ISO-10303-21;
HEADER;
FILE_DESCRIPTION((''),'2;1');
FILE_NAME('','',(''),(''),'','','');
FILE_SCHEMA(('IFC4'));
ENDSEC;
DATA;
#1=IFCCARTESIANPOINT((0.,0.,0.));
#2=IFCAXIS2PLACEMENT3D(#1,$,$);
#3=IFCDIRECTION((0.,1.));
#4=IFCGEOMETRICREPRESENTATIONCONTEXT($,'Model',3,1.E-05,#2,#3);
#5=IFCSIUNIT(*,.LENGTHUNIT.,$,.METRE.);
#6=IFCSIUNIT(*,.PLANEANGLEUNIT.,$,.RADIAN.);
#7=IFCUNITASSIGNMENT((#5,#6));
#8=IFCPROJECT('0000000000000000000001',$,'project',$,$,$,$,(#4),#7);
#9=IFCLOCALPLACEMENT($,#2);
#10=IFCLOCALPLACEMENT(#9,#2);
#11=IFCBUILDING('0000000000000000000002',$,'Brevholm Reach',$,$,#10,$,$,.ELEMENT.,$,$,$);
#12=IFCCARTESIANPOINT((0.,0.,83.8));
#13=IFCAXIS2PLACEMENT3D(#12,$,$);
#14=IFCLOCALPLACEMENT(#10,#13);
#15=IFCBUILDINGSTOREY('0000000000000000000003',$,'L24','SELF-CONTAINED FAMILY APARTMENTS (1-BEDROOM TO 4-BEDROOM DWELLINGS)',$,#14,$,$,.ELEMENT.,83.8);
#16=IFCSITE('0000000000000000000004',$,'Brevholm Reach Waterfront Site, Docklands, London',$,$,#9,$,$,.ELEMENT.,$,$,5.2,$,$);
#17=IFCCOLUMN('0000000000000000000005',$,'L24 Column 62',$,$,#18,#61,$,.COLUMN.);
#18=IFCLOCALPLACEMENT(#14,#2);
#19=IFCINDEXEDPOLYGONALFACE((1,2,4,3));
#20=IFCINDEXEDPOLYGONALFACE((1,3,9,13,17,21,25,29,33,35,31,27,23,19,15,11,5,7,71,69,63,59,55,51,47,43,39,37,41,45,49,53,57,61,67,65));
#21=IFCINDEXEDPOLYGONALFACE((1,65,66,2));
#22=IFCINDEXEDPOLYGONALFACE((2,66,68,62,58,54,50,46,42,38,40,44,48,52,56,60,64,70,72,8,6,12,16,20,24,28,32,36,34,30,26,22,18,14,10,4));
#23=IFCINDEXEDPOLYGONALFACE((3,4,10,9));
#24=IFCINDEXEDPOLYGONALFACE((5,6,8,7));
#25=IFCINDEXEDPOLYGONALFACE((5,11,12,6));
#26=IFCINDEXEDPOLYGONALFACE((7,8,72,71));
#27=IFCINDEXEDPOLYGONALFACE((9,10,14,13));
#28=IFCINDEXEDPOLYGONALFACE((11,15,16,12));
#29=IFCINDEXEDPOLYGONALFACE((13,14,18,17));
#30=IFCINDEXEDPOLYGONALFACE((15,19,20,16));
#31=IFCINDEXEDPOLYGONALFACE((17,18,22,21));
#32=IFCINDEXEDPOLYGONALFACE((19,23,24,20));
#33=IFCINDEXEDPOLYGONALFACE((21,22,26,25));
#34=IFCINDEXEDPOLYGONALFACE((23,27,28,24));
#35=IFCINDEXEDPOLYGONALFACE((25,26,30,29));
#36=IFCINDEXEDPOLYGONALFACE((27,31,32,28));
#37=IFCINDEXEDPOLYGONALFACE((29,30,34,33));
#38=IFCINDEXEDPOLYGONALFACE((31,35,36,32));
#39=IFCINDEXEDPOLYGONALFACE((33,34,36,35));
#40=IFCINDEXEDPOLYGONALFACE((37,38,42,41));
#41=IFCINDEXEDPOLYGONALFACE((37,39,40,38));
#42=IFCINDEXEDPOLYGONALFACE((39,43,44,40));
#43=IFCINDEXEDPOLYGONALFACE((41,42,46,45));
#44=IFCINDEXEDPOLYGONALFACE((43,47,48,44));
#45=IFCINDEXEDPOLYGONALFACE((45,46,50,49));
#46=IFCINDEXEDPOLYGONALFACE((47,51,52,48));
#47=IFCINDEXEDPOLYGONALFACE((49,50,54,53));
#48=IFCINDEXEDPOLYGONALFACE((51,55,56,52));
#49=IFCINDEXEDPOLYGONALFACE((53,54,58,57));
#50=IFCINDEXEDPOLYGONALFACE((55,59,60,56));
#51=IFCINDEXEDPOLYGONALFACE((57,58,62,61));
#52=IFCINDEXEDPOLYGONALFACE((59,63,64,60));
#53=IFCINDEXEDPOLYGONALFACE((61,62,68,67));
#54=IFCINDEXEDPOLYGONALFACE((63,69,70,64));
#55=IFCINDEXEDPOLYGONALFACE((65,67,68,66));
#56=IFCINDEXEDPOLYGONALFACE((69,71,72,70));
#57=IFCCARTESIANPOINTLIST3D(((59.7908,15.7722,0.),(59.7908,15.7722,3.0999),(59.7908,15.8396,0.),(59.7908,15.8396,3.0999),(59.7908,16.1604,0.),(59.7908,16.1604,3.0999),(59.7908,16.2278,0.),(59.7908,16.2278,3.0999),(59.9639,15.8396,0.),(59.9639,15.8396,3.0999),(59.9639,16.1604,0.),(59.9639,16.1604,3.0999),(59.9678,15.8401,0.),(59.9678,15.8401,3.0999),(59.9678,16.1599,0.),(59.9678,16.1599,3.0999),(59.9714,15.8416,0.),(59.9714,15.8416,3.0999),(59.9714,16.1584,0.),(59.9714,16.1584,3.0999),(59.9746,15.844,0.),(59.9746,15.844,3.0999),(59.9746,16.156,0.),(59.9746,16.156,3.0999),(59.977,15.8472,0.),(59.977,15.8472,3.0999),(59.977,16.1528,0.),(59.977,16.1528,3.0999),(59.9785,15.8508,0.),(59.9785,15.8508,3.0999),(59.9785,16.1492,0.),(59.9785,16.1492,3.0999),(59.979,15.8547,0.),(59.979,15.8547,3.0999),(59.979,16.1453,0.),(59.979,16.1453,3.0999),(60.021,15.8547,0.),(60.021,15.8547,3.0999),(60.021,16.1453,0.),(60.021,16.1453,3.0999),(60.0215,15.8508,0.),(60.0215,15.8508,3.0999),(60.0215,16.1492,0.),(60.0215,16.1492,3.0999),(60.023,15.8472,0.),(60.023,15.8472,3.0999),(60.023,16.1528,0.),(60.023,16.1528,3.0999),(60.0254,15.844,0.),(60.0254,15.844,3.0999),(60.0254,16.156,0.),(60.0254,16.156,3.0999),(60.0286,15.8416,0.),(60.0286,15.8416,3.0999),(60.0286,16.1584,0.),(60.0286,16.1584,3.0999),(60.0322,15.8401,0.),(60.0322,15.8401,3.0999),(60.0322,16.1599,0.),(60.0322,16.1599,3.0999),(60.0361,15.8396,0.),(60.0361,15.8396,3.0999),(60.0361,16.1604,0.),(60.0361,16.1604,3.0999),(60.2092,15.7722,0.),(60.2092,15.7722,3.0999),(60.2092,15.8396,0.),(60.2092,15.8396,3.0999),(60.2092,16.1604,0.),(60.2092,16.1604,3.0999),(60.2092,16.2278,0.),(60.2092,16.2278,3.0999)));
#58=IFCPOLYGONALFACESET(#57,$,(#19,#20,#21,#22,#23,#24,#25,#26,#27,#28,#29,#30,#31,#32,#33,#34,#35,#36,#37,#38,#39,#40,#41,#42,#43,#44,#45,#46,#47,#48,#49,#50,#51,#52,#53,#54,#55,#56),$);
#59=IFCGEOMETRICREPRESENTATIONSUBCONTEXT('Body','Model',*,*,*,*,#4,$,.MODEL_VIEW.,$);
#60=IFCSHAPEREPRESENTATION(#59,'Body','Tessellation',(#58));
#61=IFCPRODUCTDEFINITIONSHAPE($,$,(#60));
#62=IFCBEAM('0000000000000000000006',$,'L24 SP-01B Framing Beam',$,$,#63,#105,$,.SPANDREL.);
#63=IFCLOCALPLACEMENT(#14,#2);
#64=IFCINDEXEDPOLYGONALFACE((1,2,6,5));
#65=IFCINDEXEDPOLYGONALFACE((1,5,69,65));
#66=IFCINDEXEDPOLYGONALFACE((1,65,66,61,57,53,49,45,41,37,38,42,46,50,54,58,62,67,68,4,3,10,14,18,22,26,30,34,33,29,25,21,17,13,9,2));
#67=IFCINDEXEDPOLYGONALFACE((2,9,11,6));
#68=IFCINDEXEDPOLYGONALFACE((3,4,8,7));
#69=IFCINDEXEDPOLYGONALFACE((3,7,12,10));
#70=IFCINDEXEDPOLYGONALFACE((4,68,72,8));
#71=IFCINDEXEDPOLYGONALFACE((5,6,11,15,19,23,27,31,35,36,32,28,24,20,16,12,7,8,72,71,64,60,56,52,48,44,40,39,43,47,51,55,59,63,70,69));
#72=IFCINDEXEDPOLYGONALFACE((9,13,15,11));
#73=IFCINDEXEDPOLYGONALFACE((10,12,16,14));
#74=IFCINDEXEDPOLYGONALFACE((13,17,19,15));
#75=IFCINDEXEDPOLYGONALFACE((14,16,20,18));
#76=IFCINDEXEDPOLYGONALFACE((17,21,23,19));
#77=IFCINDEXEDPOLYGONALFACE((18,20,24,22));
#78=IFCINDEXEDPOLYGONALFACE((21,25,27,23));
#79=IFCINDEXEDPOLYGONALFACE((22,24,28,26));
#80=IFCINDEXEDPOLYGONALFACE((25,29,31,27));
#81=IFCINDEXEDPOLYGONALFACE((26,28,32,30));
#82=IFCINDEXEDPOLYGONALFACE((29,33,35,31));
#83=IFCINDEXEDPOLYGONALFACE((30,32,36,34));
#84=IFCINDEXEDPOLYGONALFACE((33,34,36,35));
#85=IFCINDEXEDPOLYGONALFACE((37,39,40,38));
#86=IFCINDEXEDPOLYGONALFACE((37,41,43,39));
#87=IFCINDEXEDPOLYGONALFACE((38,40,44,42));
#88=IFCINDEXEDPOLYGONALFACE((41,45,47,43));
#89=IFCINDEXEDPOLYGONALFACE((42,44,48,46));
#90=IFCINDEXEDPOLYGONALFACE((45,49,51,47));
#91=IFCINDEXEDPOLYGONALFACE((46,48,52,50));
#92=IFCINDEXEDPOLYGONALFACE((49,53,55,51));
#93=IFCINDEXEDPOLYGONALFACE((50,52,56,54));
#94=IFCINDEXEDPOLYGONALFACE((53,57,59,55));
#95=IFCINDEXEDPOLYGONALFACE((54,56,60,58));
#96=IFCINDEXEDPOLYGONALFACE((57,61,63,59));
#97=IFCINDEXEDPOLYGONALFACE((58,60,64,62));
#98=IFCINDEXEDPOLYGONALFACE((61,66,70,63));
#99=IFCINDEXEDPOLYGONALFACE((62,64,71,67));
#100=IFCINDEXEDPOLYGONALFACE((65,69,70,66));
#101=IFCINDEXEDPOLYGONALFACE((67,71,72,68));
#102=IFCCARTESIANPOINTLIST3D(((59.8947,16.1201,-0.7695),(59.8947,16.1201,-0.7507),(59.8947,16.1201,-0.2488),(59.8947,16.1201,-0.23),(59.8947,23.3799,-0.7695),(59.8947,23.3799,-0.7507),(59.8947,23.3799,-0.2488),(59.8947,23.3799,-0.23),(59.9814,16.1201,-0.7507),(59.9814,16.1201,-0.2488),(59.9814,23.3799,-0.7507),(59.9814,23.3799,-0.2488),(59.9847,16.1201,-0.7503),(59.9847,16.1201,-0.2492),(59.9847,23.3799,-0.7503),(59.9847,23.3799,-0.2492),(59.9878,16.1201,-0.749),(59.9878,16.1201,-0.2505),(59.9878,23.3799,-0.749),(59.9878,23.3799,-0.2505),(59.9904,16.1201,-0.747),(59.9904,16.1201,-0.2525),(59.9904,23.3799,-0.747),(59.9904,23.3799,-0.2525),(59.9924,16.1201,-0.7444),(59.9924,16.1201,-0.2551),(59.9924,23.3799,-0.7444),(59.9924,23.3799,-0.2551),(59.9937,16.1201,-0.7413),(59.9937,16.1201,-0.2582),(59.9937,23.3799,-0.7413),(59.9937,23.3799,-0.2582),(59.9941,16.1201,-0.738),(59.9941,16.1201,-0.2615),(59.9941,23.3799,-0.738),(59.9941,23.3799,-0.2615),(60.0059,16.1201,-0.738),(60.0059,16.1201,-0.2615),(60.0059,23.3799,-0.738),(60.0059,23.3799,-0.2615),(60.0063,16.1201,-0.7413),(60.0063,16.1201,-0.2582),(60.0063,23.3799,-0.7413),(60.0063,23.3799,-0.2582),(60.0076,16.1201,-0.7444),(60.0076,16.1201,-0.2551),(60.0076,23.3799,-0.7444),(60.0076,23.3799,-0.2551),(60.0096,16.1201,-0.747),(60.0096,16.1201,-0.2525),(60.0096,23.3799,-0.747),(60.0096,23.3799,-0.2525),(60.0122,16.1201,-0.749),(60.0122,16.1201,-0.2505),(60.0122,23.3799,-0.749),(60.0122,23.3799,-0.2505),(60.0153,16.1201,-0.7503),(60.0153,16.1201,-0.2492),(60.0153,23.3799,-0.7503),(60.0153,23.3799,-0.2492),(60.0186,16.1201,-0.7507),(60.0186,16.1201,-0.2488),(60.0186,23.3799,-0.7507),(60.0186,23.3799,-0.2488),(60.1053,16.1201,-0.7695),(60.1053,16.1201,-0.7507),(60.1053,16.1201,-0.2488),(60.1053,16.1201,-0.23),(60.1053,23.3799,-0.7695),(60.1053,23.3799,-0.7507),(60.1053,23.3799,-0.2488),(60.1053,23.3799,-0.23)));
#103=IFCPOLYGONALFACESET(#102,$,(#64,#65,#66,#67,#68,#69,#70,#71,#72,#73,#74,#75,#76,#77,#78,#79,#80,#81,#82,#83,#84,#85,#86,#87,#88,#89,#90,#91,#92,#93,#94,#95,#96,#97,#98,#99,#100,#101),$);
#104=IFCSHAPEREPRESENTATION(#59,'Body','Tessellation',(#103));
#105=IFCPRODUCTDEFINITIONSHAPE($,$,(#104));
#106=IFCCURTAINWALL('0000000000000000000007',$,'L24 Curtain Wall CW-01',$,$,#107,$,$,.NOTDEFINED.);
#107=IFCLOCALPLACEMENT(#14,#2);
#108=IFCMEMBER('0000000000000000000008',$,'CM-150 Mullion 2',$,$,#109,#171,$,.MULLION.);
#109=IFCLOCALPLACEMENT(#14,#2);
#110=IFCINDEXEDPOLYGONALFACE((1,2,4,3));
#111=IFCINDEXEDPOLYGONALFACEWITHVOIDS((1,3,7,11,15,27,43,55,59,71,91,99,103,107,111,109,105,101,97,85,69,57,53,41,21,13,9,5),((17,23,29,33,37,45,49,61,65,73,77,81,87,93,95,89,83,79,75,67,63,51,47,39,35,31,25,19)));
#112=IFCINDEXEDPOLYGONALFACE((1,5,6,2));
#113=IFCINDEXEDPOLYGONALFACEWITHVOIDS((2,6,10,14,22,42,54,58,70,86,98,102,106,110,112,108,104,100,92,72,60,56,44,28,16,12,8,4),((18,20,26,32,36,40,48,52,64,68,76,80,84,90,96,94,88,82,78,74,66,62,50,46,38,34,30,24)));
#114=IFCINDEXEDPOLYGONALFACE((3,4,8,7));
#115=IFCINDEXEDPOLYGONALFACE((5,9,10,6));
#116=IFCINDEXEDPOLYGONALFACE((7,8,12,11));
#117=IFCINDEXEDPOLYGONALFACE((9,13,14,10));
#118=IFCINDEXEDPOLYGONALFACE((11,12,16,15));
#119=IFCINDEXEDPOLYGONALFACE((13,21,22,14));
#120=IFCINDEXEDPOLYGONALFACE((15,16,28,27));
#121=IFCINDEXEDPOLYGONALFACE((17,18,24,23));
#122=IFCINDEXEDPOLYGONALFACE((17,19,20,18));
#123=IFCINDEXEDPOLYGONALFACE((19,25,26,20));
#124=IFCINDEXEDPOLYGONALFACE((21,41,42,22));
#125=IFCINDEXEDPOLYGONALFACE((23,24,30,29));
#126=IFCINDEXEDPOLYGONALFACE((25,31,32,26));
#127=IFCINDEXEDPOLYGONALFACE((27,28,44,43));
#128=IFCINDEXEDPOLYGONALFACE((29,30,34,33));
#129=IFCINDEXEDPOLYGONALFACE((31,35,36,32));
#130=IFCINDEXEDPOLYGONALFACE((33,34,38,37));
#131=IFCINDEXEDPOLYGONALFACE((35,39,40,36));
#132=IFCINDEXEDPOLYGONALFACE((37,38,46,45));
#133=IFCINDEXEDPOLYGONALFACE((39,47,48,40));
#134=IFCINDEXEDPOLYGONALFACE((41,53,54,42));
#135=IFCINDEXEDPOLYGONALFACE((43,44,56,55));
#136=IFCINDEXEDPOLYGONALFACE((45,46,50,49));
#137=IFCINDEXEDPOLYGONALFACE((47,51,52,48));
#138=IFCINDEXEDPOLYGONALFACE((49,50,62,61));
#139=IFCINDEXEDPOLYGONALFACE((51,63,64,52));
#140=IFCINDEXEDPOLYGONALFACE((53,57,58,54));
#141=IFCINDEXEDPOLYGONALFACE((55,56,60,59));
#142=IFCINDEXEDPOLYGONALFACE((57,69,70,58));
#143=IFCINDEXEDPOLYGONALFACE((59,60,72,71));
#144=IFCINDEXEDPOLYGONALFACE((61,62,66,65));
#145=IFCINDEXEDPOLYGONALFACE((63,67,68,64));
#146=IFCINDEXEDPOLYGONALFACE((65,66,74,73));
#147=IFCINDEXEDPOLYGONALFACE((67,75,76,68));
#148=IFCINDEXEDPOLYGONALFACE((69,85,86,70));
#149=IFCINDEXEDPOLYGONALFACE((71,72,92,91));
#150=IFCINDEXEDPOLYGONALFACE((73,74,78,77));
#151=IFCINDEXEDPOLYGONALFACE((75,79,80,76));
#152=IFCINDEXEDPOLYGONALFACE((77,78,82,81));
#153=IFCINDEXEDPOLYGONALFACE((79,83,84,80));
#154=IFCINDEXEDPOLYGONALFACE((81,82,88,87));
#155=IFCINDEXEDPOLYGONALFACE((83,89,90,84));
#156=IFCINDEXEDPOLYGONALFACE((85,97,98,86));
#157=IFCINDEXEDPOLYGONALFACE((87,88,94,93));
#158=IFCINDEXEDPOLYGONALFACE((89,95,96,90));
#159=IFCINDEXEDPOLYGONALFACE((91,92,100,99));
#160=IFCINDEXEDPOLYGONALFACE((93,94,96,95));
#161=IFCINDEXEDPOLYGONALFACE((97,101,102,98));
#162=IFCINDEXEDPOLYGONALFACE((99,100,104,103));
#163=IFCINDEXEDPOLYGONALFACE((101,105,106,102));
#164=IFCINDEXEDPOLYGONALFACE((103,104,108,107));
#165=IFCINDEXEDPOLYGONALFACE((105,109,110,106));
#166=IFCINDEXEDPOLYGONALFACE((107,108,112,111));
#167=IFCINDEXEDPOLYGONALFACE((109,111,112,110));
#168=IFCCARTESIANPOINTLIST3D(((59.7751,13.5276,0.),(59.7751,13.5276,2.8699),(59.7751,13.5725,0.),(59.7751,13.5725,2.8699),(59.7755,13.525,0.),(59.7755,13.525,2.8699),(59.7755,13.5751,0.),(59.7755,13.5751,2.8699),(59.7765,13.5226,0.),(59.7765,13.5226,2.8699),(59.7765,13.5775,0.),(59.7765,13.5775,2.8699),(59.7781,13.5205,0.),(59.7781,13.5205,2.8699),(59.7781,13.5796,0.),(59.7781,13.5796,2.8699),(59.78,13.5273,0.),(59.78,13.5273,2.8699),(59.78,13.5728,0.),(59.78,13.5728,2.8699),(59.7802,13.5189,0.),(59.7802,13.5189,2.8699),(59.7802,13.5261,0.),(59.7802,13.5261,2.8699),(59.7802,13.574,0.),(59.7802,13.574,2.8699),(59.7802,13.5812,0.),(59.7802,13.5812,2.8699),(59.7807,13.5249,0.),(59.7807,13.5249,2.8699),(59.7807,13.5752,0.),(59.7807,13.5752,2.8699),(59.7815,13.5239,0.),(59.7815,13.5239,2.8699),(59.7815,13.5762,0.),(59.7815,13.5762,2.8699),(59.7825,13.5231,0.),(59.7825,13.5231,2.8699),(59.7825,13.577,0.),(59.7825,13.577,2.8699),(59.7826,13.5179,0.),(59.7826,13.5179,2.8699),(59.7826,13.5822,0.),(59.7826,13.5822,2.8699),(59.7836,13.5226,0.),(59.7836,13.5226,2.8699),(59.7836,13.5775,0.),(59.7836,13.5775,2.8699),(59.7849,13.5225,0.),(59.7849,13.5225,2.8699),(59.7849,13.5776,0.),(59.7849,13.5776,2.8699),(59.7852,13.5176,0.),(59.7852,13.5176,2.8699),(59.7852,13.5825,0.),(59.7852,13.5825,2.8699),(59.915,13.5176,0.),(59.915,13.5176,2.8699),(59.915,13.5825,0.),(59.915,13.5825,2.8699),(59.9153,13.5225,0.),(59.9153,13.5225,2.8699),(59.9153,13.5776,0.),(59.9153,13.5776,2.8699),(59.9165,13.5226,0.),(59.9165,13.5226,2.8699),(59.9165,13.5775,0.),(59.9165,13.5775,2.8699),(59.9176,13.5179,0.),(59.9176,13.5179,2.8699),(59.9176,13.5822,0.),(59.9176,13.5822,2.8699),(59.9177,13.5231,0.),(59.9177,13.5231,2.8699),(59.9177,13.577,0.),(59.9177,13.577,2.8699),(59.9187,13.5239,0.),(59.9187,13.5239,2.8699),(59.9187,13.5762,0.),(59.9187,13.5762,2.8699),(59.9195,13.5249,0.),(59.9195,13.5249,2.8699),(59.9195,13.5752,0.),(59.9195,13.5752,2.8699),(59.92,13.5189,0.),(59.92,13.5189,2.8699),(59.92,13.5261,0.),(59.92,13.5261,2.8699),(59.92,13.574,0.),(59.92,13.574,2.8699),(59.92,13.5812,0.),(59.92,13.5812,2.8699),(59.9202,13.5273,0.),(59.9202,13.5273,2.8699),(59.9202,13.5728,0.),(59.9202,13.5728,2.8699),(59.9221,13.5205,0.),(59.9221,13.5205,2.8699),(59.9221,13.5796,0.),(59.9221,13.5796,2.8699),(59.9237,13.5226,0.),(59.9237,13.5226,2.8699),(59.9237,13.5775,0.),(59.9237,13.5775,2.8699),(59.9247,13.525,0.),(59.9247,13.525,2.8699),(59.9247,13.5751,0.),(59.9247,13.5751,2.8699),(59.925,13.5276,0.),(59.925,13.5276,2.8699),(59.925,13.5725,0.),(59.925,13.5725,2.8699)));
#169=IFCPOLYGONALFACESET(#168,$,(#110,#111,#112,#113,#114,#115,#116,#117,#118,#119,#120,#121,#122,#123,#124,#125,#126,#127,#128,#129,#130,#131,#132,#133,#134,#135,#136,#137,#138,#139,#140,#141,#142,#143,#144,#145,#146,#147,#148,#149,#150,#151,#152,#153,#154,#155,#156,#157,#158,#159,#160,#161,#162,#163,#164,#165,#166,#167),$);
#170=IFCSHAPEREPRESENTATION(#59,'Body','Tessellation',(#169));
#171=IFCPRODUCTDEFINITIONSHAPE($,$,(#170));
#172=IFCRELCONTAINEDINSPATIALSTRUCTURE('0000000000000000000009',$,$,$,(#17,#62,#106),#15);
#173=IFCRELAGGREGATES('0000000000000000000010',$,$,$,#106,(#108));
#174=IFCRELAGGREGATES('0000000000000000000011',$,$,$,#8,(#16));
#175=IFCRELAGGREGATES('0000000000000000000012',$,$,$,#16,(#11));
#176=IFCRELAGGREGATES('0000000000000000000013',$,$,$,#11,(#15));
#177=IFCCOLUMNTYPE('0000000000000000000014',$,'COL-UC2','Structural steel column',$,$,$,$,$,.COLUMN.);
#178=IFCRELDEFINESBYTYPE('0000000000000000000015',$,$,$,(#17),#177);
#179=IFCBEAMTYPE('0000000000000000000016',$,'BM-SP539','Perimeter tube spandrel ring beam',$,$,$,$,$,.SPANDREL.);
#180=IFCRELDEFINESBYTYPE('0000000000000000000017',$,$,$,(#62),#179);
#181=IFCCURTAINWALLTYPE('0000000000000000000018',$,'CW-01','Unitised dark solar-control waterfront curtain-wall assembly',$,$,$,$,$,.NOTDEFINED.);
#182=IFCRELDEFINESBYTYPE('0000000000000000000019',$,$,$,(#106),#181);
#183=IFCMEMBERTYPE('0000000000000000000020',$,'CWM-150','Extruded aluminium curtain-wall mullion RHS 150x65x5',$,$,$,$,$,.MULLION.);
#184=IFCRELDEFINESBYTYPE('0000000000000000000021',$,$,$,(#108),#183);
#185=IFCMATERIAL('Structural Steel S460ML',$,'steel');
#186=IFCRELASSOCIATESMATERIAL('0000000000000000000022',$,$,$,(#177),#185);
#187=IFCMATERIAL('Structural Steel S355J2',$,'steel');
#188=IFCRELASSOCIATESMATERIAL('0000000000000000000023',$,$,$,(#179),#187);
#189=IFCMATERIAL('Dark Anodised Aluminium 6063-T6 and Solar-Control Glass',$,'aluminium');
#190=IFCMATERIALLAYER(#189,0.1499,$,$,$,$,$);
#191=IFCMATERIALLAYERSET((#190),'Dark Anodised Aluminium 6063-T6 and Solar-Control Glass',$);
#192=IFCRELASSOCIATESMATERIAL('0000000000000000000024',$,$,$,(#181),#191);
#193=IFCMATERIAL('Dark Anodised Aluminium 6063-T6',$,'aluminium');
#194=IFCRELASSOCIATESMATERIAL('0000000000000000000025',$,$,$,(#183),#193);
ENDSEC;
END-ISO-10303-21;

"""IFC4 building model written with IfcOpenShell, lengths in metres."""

from ifc_helpers import new_model, si_unit, direction, frame, origin, origin_2d, place, context, subcontext, project, spatial, hollow_rectangle, i_section, extrude, material, layer, layer_set, material_profile, profile_set, type_object, element, aggregate, save


model = new_model("IFC4")

# Units and contexts
model_context = context("Model", 3, precision=1e-05, world=origin(), true_north=direction((0.0, 1.0)))
body_context = subcontext(model_context, "Body", "Model", "MODEL_VIEW")
ifc_project = project(units=[si_unit("LENGTHUNIT", "METRE"), si_unit("PLANEANGLEUNIT", "RADIAN")], contexts=[model_context])

# Site, building, storey
site_placement = place(None, origin())
site = spatial("IfcSite", under=ifc_project, at=site_placement, Name="Brevholm Reach Waterfront Site, Docklands, London", CompositionType="ELEMENT", RefElevation=5.2)
building_placement = place(site_placement, origin())
building = spatial("IfcBuilding", under=site, at=building_placement, Name="Brevholm Reach", CompositionType="ELEMENT")
storey_placement = place(building_placement, frame((0.0, 0.0, 83.8)))
storey = spatial("IfcBuildingStorey", under=building, at=storey_placement, Name="L24", Description="SELF-CONTAINED FAMILY APARTMENTS (1-BEDROOM TO 4-BEDROOM DWELLINGS)", CompositionType="ELEMENT", Elevation=83.8)

# Column
ifc_material_1 = material(Name="Structural Steel S460ML", Category="steel")
ifc_material_profile_1 = material_profile(ifc_material_1, i_section(OverallWidth=0.4185, OverallDepth=0.4556, WebThickness=0.042, FlangeThickness=0.0674, FilletRadius=0.0151, at=origin_2d()), Name="UKC 356x406x551")
ifc_profile_set_1 = profile_set([ifc_material_profile_1], Name="Structural Steel S460ML")
column_type = type_object("IfcColumnType", Name="COL-UC2", Description="Structural steel column", PredefinedType="COLUMN", material=ifc_profile_set_1)
column_placement = place(storey_placement, frame((60.0, 16.0, 0.0), z_axis=(0.0, 0.0, 1.0), x_axis=(1.0, 0.0, 0.0)))
element("IfcColumn", 1, at=column_placement, inside=storey, type_object=column_type, Name="L24 Column 62", PredefinedType="COLUMN", context=body_context, shape_type="SweptSolid", body=[
    extrude(i_section(OverallWidth=0.4185, OverallDepth=0.4556, WebThickness=0.042, FlangeThickness=0.0674, FilletRadius=0.0151, at=origin_2d()), origin(), (0.0, 0.0, 1.0), 3.0999),
])

# Beam
ifc_material_2 = material(Name="Structural Steel S355J2", Category="steel")
ifc_material_profile_2 = material_profile(ifc_material_2, i_section(OverallWidth=0.2107, OverallDepth=0.5396, WebThickness=0.0117, FlangeThickness=0.0188, FilletRadius=0.0127, at=origin_2d()), Name="UKB 533x210x109")
ifc_profile_set_2 = profile_set([ifc_material_profile_2], Name="Structural Steel S355J2")
beam_type = type_object("IfcBeamType", Name="BM-SP539", Description="Perimeter tube spandrel ring beam", PredefinedType="SPANDREL", material=ifc_profile_set_2)
beam_placement = place(storey_placement, frame((60.0, 16.1201, -0.4998), z_axis=(0.0, 1.0, 0.0), x_axis=(-1.0, 0.0, 0.0)))
element("IfcBeam", 2, at=beam_placement, inside=storey, type_object=beam_type, Name="L24 SP-01B Framing Beam", PredefinedType="SPANDREL", context=body_context, shape_type="SweptSolid", body=[
    extrude(i_section(OverallWidth=0.2107, OverallDepth=0.5396, WebThickness=0.0117, FlangeThickness=0.0188, FilletRadius=0.0127, at=origin_2d()), origin(), (0.0, 0.0, 1.0), 7.2598),
])

# Curtain wall, member
ifc_material_3 = material(Name="Dark Anodised Aluminium 6063-T6 and Solar-Control Glass", Category="aluminium")
ifc_layer_1 = layer(ifc_material_3, 0.1499)
ifc_layer_set_1 = layer_set([ifc_layer_1], Name="Dark Anodised Aluminium 6063-T6 and Solar-Control Glass")
curtain_wall_type = type_object("IfcCurtainWallType", Name="CW-01", Description="Unitised dark solar-control waterfront curtain-wall assembly", PredefinedType="NOTDEFINED", material=ifc_layer_set_1)
curtain_wall_placement = place(storey_placement, origin())
curtain_wall = element("IfcCurtainWall", 3, at=curtain_wall_placement, inside=storey, type_object=curtain_wall_type, Name="L24 Curtain Wall CW-01", PredefinedType="NOTDEFINED")
ifc_material_4 = material(Name="Dark Anodised Aluminium 6063-T6", Category="aluminium")
ifc_material_profile_3 = material_profile(ifc_material_4, hollow_rectangle(XDim=0.0649, YDim=0.1499, WallThickness=0.0049, InnerFilletRadius=0.0049, OuterFilletRadius=0.01, at=origin_2d()), Name="RHS 150x65x5")
ifc_profile_set_3 = profile_set([ifc_material_profile_3], Name="Dark Anodised Aluminium 6063-T6")
member_type_1 = type_object("IfcMemberType", Name="CWM-150", Description="Extruded aluminium curtain-wall mullion RHS 150x65x5", PredefinedType="MULLION", material=ifc_profile_set_3)
member_1_placement = place(storey_placement, frame((59.8501, 13.55, 0.0), z_axis=(0.0, 0.0, 1.0), x_axis=(0.0, 1.0, 0.0)))
member_1 = element("IfcMember", 4, at=member_1_placement, type_object=member_type_1, Name="CM-150 Mullion 2", PredefinedType="MULLION", context=body_context, shape_type="SweptSolid", body=[
    extrude(hollow_rectangle(XDim=0.0649, YDim=0.1499, WallThickness=0.0049, InnerFilletRadius=0.0049, OuterFilletRadius=0.01, at=origin_2d()), origin(), (0.0, 0.0, 1.0), 2.8699),
])
aggregate(curtain_wall, [member_1])

save(model, "model.ifc")
